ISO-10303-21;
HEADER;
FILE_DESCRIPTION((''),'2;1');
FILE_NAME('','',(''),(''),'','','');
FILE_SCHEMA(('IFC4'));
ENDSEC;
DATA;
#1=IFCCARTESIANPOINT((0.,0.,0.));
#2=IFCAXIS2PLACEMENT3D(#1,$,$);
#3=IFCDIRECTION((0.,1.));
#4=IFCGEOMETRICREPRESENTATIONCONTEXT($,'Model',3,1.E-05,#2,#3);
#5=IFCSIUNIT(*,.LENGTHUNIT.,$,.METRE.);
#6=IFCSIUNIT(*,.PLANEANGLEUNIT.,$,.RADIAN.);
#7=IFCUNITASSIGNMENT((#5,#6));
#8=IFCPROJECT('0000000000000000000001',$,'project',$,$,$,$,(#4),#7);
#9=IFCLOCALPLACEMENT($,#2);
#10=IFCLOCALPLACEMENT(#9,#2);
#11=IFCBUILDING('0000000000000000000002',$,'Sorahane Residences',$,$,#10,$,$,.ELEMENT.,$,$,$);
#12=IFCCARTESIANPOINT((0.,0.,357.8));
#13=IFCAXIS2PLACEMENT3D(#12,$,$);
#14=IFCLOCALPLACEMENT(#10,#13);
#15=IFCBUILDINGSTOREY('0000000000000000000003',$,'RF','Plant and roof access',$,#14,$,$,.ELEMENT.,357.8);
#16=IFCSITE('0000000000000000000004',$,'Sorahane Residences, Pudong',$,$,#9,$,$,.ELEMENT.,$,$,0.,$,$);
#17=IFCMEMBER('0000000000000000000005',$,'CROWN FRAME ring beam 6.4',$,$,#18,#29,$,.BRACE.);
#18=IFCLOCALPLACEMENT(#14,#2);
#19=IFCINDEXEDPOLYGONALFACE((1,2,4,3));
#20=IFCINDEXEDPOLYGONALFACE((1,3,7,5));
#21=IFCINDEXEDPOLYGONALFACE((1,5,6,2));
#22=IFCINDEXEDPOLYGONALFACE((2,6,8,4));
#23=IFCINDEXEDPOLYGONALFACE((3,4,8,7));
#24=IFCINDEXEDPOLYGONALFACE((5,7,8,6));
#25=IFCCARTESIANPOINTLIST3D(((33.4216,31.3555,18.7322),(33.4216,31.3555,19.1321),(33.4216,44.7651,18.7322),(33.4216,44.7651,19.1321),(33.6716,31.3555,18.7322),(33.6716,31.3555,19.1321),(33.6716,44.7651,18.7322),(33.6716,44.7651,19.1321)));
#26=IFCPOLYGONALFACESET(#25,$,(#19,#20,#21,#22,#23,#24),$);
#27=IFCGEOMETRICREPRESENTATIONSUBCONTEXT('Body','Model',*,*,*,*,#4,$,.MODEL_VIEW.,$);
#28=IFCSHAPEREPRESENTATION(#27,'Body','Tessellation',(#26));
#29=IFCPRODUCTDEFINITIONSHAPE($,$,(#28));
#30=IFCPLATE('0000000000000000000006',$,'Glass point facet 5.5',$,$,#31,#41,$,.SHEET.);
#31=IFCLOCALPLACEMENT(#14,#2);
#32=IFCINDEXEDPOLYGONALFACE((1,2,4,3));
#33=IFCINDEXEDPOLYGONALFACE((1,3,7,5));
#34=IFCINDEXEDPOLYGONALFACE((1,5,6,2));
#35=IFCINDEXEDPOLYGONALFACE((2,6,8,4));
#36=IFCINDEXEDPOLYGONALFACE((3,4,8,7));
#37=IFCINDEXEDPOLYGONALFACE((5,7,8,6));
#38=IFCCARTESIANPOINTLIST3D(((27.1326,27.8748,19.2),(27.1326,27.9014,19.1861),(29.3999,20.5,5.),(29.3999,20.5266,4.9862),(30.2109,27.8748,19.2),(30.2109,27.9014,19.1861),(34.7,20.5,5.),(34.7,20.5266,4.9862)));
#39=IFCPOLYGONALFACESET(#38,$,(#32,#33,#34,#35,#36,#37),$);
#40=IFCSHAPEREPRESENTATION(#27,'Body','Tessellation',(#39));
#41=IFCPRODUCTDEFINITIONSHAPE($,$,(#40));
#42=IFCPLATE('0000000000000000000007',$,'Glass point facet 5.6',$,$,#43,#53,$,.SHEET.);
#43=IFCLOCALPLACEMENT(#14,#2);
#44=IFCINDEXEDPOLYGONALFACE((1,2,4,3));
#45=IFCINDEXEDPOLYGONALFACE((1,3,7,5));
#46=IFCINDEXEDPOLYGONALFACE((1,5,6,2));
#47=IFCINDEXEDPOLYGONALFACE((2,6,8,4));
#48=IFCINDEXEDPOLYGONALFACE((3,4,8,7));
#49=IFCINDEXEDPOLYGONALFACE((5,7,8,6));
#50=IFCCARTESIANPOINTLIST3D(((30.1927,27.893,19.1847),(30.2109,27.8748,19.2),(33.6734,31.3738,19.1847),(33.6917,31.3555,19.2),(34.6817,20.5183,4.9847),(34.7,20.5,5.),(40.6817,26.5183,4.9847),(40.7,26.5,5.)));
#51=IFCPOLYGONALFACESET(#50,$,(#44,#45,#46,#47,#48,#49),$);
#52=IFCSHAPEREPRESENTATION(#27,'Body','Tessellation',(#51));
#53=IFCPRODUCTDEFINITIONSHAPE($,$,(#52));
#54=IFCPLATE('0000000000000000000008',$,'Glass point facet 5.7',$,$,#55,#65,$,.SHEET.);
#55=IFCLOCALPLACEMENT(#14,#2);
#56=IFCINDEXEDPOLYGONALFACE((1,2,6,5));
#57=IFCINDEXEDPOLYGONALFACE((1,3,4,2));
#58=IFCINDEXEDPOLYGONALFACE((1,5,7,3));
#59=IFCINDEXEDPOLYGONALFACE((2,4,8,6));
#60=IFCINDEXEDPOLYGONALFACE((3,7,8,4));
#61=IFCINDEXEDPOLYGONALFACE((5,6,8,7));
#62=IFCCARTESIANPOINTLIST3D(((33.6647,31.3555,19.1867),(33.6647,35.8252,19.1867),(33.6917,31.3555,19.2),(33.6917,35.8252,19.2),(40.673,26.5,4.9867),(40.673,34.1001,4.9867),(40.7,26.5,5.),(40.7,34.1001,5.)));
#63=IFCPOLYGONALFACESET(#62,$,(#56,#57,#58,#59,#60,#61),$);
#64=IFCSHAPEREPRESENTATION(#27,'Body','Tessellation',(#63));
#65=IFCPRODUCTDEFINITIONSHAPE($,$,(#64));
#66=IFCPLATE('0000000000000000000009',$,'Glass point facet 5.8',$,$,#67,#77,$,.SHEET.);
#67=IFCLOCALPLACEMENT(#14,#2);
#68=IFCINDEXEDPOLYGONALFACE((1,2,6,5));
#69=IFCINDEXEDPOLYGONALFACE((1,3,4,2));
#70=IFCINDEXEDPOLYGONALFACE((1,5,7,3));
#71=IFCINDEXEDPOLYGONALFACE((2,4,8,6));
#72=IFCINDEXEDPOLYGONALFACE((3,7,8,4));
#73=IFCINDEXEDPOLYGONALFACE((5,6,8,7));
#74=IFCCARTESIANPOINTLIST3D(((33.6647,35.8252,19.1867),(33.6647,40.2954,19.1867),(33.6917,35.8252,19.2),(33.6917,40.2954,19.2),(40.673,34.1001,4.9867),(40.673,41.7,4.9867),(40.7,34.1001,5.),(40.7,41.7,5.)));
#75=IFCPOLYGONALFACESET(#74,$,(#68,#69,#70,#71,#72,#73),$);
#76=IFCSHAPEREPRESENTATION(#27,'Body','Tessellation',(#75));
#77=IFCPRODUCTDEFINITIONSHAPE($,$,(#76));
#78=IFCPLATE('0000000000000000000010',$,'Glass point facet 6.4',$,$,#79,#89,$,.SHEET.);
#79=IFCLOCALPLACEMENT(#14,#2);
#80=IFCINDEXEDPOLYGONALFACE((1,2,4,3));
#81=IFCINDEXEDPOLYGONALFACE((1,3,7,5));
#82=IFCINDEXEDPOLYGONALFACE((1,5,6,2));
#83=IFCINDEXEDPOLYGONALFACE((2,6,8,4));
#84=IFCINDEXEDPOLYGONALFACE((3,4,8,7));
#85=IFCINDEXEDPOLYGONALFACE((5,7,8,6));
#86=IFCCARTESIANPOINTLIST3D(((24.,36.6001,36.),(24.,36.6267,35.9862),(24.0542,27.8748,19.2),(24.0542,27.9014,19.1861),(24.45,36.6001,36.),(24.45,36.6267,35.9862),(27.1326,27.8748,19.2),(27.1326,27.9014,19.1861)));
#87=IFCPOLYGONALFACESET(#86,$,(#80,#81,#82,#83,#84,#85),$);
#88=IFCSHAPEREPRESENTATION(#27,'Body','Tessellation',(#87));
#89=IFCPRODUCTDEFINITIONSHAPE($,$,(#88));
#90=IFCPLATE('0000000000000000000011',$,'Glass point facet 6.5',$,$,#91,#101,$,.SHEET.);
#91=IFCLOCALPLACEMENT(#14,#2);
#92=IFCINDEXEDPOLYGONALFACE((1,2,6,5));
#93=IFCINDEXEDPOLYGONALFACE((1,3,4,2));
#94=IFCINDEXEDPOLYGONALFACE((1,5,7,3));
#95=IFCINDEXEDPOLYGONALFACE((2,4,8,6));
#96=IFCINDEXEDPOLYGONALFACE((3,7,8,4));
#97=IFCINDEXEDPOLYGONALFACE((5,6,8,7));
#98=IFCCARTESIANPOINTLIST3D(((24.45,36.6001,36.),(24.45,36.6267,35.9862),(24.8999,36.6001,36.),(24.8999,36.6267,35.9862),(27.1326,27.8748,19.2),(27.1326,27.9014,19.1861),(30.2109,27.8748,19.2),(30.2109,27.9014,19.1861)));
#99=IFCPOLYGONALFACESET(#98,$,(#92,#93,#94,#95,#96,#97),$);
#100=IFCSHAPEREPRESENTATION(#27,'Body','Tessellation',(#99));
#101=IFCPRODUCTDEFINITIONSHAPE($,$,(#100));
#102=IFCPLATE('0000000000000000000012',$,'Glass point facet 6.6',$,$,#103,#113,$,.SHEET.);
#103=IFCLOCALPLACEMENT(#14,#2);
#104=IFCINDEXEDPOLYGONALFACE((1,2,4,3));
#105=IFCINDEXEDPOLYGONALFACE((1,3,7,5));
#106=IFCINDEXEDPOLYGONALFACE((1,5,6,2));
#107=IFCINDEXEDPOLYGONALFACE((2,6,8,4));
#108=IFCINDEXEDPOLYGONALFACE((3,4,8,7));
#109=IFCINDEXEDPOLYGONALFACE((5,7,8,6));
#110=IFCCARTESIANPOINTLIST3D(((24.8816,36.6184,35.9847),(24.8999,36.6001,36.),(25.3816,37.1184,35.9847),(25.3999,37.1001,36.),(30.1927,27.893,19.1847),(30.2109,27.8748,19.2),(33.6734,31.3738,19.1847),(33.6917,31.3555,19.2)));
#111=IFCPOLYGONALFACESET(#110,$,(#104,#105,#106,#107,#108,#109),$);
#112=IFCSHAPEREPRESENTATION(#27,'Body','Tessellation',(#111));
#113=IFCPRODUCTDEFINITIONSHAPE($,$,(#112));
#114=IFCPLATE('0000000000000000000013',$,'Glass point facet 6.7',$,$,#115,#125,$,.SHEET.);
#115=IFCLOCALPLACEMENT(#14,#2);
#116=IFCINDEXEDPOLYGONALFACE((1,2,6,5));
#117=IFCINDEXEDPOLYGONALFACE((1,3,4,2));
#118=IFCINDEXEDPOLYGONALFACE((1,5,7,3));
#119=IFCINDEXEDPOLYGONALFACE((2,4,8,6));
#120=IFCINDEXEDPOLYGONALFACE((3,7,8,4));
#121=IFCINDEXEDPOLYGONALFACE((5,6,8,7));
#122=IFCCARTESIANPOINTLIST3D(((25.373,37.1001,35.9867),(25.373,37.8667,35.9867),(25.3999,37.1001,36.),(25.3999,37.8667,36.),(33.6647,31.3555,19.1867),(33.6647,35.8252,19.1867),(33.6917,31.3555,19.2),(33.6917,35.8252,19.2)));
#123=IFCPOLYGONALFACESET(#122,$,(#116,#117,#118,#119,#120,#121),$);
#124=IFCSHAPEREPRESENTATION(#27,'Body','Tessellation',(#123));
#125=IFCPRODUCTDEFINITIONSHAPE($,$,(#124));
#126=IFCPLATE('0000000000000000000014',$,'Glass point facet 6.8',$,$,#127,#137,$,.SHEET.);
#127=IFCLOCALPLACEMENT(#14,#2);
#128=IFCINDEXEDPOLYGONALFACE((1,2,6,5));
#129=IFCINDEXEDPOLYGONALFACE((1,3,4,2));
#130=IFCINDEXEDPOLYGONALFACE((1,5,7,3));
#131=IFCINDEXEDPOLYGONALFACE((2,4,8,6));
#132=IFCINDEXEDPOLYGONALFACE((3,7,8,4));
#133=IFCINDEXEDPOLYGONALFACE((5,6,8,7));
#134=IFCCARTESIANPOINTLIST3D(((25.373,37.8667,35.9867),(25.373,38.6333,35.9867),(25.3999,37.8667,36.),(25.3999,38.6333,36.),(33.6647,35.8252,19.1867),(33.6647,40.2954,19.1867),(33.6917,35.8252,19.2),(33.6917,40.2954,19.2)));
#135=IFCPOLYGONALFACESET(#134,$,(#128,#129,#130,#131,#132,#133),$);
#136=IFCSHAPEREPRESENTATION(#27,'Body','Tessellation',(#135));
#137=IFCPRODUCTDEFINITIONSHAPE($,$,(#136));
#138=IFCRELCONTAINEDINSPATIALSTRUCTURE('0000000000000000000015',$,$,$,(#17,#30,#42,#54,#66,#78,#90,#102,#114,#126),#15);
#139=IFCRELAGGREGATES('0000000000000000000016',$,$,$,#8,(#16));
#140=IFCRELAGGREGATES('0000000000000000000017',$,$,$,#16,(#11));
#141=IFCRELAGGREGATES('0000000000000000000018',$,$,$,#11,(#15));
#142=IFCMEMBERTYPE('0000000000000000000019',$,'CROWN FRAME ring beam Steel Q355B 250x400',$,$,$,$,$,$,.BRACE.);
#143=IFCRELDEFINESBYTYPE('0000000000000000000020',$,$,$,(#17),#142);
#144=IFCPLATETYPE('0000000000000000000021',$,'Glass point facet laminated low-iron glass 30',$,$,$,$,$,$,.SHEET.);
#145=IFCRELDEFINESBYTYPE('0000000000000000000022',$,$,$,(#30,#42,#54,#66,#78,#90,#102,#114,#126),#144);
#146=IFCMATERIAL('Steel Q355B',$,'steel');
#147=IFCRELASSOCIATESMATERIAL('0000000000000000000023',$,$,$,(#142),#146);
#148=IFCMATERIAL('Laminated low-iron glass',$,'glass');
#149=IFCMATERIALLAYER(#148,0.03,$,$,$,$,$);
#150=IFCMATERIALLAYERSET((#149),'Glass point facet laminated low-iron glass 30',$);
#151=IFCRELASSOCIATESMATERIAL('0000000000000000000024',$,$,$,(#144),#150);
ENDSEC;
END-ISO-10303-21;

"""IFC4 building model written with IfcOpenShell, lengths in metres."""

from ifc_helpers import new_model, si_unit, direction, frame, origin, origin_2d, place, context, subcontext, project, spatial, polyline, rectangle, outline, extrude, material, layer, layer_set, material_profile, profile_set, type_object, element, save


model = new_model("IFC4")

# Units and contexts
model_context = context("Model", 3, precision=1e-05, world=origin(), true_north=direction((0.0, 1.0)))
body_context = subcontext(model_context, "Body", "Model", "MODEL_VIEW")
ifc_project = project(units=[si_unit("LENGTHUNIT", "METRE"), si_unit("PLANEANGLEUNIT", "RADIAN")], contexts=[model_context])

# Site, building, storey
site_placement = place(None, origin())
site = spatial("IfcSite", under=ifc_project, at=site_placement, Name="Sorahane Residences, Pudong", CompositionType="ELEMENT", RefElevation=0.0)
building_placement = place(site_placement, origin())
building = spatial("IfcBuilding", under=site, at=building_placement, Name="Sorahane Residences", CompositionType="ELEMENT")
storey_placement = place(building_placement, frame((0.0, 0.0, 357.8)))
storey = spatial("IfcBuildingStorey", under=building, at=storey_placement, Name="RF", Description="Plant and roof access", CompositionType="ELEMENT", Elevation=357.8)

# Member
ifc_material_1 = material(Name="Steel Q355B", Category="steel")
ifc_material_profile_1 = material_profile(ifc_material_1, rectangle(XDim=0.25, YDim=0.3999, at=origin_2d()), Name="CROWN FRAME ring beam Steel Q355B 250x400")
ifc_profile_set_1 = profile_set([ifc_material_profile_1], Name="Steel Q355B")
member_type_1 = type_object("IfcMemberType", Name="CROWN FRAME ring beam Steel Q355B 250x400", PredefinedType="BRACE", material=ifc_profile_set_1)
member_1_placement = place(storey_placement, frame((33.5466, 31.3555, 18.9321), z_axis=(0.0, 1.0, 0.0), x_axis=(-1.0, 0.0, 0.0)))
element("IfcMember", 1, at=member_1_placement, inside=storey, type_object=member_type_1, Name="CROWN FRAME ring beam 6.4", PredefinedType="BRACE", context=body_context, shape_type="SweptSolid", body=[
    extrude(rectangle(XDim=0.25, YDim=0.3999, at=origin_2d()), origin(), (0.0, 0.0, 1.0), 13.4097),
])

# Plates
ifc_material_2 = material(Name="Laminated low-iron glass", Category="glass")
ifc_layer = layer(ifc_material_2, 0.03)
ifc_layer_set = layer_set([ifc_layer], Name="Glass point facet laminated low-iron glass 30")
plate_type = type_object("IfcPlateType", Name="Glass point facet laminated low-iron glass 30", PredefinedType="SHEET", material=ifc_layer_set)
plate_1_placement = place(storey_placement, frame((29.3999, 20.5, 5.0), z_axis=(0.0, -0.887453, 0.460899), x_axis=(1.0, 0.0, 0.0)))
element("IfcPlate", 2, at=plate_1_placement, inside=storey, type_object=plate_type, Name="Glass point facet 5.5", PredefinedType="SHEET", context=body_context, shape_type="SweptSolid", body=[
    extrude(outline(polyline([(0.0, 0.0), (5.3, 0.0), (0.811, 16.0008), (-2.2673, 16.0008), (0.0, 0.0)])), origin(), (0.0, 0.0, -1.0), 0.03),
])
plate_2_placement = place(storey_placement, frame((34.7, 20.5, 5.0), z_axis=(0.608803, -0.608803, 0.508643), x_axis=(0.707107, 0.707107, 0.0)))
element("IfcPlate", 3, at=plate_2_placement, inside=storey, type_object=plate_type, Name="Glass point facet 5.6", PredefinedType="SHEET", context=body_context, shape_type="SweptSolid", body=[
    extrude(outline(polyline([(0.0, 0.0), (8.4853, 0.0), (6.963, 16.4928), (2.0405, 16.4928), (0.0, 0.0)])), origin(), (0.0, 0.0, -1.0), 0.03),
])
plate_3_placement = place(storey_placement, frame((40.7, 26.5, 5.0), z_axis=(0.896731, 0.0, 0.442576), x_axis=(0.0, 1.0, 0.0)))
element("IfcPlate", 4, at=plate_3_placement, inside=storey, type_object=plate_type, Name="Glass point facet 5.7", PredefinedType="SHEET", context=body_context, shape_type="SweptSolid", body=[
    extrude(outline(polyline([(0.0, 0.0), (7.6001, 0.0), (9.3252, 15.8352), (4.8555, 15.8352), (0.0, 0.0)])), origin(), (0.0, 0.0, -1.0), 0.03),
])
plate_4_placement = place(storey_placement, frame((40.7, 34.1001, 5.0), z_axis=(0.896731, 0.0, 0.442576), x_axis=(0.0, 1.0, 0.0)))
element("IfcPlate", 5, at=plate_4_placement, inside=storey, type_object=plate_type, Name="Glass point facet 5.8", PredefinedType="SHEET", context=body_context, shape_type="SweptSolid", body=[
    extrude(outline(polyline([(0.0, 0.0), (7.5999, 0.0), (6.1953, 15.8352), (1.7251, 15.8352), (0.0, 0.0)])), origin(), (0.0, 0.0, -1.0), 0.03),
])
plate_5_placement = place(storey_placement, frame((24.0542, 27.8748, 19.2), z_axis=(0.0, -0.887448, 0.460908), x_axis=(1.0, 0.0, 0.0)))
element("IfcPlate", 6, at=plate_5_placement, inside=storey, type_object=plate_type, Name="Glass point facet 6.4", PredefinedType="SHEET", context=body_context, shape_type="SweptSolid", body=[
    extrude(outline(polyline([(0.0, 0.0), (3.0784, 0.0), (0.3958, 18.9307), (-0.0542, 18.9307), (0.0, 0.0)])), origin(), (0.0, 0.0, -1.0), 0.03),
])
plate_6_placement = place(storey_placement, frame((27.1326, 27.8748, 19.2), z_axis=(0.0, -0.887448, 0.460908), x_axis=(1.0, 0.0, 0.0)))
element("IfcPlate", 7, at=plate_6_placement, inside=storey, type_object=plate_type, Name="Glass point facet 6.5", PredefinedType="SHEET", context=body_context, shape_type="SweptSolid", body=[
    extrude(outline(polyline([(0.0, 0.0), (3.0784, 0.0), (-2.2327, 18.9307), (-2.6826, 18.9307), (0.0, 0.0)])), origin(), (0.0, 0.0, -1.0), 0.03),
])
plate_7_placement = place(storey_placement, frame((30.2109, 27.8748, 19.2), z_axis=(0.6088, -0.6088, 0.50865), x_axis=(0.707107, 0.707107, 0.0)))
element("IfcPlate", 8, at=plate_7_placement, inside=storey, type_object=plate_type, Name="Glass point facet 6.6", PredefinedType="SHEET", context=body_context, shape_type="SweptSolid", body=[
    extrude(outline(polyline([(0.0, 0.0), (4.9225, 0.0), (3.1214, 19.5129), (2.4143, 19.5129), (0.0, 0.0)])), origin(), (0.0, 0.0, -1.0), 0.03),
])
plate_8_placement = place(storey_placement, frame((33.6917, 31.3555, 19.2), z_axis=(0.896727, 0.0, 0.442584), x_axis=(0.0, 1.0, 0.0)))
element("IfcPlate", 9, at=plate_8_placement, inside=storey, type_object=plate_type, Name="Glass point facet 6.7", PredefinedType="SHEET", context=body_context, shape_type="SweptSolid", body=[
    extrude(outline(polyline([(0.0, 0.0), (4.4697, 0.0), (6.5112, 18.7349), (5.7446, 18.7349), (0.0, 0.0)])), origin(), (0.0, 0.0, -1.0), 0.03),
])
plate_9_placement = place(storey_placement, frame((33.6917, 35.8252, 19.2), z_axis=(0.896727, 0.0, 0.442584), x_axis=(0.0, 1.0, 0.0)))
element("IfcPlate", 10, at=plate_9_placement, inside=storey, type_object=plate_type, Name="Glass point facet 6.8", PredefinedType="SHEET", context=body_context, shape_type="SweptSolid", body=[
    extrude(outline(polyline([(0.0, 0.0), (4.4702, 0.0), (2.8081, 18.7349), (2.0415, 18.7349), (0.0, 0.0)])), origin(), (0.0, 0.0, -1.0), 0.03),
])

save(model, "model.ifc")
